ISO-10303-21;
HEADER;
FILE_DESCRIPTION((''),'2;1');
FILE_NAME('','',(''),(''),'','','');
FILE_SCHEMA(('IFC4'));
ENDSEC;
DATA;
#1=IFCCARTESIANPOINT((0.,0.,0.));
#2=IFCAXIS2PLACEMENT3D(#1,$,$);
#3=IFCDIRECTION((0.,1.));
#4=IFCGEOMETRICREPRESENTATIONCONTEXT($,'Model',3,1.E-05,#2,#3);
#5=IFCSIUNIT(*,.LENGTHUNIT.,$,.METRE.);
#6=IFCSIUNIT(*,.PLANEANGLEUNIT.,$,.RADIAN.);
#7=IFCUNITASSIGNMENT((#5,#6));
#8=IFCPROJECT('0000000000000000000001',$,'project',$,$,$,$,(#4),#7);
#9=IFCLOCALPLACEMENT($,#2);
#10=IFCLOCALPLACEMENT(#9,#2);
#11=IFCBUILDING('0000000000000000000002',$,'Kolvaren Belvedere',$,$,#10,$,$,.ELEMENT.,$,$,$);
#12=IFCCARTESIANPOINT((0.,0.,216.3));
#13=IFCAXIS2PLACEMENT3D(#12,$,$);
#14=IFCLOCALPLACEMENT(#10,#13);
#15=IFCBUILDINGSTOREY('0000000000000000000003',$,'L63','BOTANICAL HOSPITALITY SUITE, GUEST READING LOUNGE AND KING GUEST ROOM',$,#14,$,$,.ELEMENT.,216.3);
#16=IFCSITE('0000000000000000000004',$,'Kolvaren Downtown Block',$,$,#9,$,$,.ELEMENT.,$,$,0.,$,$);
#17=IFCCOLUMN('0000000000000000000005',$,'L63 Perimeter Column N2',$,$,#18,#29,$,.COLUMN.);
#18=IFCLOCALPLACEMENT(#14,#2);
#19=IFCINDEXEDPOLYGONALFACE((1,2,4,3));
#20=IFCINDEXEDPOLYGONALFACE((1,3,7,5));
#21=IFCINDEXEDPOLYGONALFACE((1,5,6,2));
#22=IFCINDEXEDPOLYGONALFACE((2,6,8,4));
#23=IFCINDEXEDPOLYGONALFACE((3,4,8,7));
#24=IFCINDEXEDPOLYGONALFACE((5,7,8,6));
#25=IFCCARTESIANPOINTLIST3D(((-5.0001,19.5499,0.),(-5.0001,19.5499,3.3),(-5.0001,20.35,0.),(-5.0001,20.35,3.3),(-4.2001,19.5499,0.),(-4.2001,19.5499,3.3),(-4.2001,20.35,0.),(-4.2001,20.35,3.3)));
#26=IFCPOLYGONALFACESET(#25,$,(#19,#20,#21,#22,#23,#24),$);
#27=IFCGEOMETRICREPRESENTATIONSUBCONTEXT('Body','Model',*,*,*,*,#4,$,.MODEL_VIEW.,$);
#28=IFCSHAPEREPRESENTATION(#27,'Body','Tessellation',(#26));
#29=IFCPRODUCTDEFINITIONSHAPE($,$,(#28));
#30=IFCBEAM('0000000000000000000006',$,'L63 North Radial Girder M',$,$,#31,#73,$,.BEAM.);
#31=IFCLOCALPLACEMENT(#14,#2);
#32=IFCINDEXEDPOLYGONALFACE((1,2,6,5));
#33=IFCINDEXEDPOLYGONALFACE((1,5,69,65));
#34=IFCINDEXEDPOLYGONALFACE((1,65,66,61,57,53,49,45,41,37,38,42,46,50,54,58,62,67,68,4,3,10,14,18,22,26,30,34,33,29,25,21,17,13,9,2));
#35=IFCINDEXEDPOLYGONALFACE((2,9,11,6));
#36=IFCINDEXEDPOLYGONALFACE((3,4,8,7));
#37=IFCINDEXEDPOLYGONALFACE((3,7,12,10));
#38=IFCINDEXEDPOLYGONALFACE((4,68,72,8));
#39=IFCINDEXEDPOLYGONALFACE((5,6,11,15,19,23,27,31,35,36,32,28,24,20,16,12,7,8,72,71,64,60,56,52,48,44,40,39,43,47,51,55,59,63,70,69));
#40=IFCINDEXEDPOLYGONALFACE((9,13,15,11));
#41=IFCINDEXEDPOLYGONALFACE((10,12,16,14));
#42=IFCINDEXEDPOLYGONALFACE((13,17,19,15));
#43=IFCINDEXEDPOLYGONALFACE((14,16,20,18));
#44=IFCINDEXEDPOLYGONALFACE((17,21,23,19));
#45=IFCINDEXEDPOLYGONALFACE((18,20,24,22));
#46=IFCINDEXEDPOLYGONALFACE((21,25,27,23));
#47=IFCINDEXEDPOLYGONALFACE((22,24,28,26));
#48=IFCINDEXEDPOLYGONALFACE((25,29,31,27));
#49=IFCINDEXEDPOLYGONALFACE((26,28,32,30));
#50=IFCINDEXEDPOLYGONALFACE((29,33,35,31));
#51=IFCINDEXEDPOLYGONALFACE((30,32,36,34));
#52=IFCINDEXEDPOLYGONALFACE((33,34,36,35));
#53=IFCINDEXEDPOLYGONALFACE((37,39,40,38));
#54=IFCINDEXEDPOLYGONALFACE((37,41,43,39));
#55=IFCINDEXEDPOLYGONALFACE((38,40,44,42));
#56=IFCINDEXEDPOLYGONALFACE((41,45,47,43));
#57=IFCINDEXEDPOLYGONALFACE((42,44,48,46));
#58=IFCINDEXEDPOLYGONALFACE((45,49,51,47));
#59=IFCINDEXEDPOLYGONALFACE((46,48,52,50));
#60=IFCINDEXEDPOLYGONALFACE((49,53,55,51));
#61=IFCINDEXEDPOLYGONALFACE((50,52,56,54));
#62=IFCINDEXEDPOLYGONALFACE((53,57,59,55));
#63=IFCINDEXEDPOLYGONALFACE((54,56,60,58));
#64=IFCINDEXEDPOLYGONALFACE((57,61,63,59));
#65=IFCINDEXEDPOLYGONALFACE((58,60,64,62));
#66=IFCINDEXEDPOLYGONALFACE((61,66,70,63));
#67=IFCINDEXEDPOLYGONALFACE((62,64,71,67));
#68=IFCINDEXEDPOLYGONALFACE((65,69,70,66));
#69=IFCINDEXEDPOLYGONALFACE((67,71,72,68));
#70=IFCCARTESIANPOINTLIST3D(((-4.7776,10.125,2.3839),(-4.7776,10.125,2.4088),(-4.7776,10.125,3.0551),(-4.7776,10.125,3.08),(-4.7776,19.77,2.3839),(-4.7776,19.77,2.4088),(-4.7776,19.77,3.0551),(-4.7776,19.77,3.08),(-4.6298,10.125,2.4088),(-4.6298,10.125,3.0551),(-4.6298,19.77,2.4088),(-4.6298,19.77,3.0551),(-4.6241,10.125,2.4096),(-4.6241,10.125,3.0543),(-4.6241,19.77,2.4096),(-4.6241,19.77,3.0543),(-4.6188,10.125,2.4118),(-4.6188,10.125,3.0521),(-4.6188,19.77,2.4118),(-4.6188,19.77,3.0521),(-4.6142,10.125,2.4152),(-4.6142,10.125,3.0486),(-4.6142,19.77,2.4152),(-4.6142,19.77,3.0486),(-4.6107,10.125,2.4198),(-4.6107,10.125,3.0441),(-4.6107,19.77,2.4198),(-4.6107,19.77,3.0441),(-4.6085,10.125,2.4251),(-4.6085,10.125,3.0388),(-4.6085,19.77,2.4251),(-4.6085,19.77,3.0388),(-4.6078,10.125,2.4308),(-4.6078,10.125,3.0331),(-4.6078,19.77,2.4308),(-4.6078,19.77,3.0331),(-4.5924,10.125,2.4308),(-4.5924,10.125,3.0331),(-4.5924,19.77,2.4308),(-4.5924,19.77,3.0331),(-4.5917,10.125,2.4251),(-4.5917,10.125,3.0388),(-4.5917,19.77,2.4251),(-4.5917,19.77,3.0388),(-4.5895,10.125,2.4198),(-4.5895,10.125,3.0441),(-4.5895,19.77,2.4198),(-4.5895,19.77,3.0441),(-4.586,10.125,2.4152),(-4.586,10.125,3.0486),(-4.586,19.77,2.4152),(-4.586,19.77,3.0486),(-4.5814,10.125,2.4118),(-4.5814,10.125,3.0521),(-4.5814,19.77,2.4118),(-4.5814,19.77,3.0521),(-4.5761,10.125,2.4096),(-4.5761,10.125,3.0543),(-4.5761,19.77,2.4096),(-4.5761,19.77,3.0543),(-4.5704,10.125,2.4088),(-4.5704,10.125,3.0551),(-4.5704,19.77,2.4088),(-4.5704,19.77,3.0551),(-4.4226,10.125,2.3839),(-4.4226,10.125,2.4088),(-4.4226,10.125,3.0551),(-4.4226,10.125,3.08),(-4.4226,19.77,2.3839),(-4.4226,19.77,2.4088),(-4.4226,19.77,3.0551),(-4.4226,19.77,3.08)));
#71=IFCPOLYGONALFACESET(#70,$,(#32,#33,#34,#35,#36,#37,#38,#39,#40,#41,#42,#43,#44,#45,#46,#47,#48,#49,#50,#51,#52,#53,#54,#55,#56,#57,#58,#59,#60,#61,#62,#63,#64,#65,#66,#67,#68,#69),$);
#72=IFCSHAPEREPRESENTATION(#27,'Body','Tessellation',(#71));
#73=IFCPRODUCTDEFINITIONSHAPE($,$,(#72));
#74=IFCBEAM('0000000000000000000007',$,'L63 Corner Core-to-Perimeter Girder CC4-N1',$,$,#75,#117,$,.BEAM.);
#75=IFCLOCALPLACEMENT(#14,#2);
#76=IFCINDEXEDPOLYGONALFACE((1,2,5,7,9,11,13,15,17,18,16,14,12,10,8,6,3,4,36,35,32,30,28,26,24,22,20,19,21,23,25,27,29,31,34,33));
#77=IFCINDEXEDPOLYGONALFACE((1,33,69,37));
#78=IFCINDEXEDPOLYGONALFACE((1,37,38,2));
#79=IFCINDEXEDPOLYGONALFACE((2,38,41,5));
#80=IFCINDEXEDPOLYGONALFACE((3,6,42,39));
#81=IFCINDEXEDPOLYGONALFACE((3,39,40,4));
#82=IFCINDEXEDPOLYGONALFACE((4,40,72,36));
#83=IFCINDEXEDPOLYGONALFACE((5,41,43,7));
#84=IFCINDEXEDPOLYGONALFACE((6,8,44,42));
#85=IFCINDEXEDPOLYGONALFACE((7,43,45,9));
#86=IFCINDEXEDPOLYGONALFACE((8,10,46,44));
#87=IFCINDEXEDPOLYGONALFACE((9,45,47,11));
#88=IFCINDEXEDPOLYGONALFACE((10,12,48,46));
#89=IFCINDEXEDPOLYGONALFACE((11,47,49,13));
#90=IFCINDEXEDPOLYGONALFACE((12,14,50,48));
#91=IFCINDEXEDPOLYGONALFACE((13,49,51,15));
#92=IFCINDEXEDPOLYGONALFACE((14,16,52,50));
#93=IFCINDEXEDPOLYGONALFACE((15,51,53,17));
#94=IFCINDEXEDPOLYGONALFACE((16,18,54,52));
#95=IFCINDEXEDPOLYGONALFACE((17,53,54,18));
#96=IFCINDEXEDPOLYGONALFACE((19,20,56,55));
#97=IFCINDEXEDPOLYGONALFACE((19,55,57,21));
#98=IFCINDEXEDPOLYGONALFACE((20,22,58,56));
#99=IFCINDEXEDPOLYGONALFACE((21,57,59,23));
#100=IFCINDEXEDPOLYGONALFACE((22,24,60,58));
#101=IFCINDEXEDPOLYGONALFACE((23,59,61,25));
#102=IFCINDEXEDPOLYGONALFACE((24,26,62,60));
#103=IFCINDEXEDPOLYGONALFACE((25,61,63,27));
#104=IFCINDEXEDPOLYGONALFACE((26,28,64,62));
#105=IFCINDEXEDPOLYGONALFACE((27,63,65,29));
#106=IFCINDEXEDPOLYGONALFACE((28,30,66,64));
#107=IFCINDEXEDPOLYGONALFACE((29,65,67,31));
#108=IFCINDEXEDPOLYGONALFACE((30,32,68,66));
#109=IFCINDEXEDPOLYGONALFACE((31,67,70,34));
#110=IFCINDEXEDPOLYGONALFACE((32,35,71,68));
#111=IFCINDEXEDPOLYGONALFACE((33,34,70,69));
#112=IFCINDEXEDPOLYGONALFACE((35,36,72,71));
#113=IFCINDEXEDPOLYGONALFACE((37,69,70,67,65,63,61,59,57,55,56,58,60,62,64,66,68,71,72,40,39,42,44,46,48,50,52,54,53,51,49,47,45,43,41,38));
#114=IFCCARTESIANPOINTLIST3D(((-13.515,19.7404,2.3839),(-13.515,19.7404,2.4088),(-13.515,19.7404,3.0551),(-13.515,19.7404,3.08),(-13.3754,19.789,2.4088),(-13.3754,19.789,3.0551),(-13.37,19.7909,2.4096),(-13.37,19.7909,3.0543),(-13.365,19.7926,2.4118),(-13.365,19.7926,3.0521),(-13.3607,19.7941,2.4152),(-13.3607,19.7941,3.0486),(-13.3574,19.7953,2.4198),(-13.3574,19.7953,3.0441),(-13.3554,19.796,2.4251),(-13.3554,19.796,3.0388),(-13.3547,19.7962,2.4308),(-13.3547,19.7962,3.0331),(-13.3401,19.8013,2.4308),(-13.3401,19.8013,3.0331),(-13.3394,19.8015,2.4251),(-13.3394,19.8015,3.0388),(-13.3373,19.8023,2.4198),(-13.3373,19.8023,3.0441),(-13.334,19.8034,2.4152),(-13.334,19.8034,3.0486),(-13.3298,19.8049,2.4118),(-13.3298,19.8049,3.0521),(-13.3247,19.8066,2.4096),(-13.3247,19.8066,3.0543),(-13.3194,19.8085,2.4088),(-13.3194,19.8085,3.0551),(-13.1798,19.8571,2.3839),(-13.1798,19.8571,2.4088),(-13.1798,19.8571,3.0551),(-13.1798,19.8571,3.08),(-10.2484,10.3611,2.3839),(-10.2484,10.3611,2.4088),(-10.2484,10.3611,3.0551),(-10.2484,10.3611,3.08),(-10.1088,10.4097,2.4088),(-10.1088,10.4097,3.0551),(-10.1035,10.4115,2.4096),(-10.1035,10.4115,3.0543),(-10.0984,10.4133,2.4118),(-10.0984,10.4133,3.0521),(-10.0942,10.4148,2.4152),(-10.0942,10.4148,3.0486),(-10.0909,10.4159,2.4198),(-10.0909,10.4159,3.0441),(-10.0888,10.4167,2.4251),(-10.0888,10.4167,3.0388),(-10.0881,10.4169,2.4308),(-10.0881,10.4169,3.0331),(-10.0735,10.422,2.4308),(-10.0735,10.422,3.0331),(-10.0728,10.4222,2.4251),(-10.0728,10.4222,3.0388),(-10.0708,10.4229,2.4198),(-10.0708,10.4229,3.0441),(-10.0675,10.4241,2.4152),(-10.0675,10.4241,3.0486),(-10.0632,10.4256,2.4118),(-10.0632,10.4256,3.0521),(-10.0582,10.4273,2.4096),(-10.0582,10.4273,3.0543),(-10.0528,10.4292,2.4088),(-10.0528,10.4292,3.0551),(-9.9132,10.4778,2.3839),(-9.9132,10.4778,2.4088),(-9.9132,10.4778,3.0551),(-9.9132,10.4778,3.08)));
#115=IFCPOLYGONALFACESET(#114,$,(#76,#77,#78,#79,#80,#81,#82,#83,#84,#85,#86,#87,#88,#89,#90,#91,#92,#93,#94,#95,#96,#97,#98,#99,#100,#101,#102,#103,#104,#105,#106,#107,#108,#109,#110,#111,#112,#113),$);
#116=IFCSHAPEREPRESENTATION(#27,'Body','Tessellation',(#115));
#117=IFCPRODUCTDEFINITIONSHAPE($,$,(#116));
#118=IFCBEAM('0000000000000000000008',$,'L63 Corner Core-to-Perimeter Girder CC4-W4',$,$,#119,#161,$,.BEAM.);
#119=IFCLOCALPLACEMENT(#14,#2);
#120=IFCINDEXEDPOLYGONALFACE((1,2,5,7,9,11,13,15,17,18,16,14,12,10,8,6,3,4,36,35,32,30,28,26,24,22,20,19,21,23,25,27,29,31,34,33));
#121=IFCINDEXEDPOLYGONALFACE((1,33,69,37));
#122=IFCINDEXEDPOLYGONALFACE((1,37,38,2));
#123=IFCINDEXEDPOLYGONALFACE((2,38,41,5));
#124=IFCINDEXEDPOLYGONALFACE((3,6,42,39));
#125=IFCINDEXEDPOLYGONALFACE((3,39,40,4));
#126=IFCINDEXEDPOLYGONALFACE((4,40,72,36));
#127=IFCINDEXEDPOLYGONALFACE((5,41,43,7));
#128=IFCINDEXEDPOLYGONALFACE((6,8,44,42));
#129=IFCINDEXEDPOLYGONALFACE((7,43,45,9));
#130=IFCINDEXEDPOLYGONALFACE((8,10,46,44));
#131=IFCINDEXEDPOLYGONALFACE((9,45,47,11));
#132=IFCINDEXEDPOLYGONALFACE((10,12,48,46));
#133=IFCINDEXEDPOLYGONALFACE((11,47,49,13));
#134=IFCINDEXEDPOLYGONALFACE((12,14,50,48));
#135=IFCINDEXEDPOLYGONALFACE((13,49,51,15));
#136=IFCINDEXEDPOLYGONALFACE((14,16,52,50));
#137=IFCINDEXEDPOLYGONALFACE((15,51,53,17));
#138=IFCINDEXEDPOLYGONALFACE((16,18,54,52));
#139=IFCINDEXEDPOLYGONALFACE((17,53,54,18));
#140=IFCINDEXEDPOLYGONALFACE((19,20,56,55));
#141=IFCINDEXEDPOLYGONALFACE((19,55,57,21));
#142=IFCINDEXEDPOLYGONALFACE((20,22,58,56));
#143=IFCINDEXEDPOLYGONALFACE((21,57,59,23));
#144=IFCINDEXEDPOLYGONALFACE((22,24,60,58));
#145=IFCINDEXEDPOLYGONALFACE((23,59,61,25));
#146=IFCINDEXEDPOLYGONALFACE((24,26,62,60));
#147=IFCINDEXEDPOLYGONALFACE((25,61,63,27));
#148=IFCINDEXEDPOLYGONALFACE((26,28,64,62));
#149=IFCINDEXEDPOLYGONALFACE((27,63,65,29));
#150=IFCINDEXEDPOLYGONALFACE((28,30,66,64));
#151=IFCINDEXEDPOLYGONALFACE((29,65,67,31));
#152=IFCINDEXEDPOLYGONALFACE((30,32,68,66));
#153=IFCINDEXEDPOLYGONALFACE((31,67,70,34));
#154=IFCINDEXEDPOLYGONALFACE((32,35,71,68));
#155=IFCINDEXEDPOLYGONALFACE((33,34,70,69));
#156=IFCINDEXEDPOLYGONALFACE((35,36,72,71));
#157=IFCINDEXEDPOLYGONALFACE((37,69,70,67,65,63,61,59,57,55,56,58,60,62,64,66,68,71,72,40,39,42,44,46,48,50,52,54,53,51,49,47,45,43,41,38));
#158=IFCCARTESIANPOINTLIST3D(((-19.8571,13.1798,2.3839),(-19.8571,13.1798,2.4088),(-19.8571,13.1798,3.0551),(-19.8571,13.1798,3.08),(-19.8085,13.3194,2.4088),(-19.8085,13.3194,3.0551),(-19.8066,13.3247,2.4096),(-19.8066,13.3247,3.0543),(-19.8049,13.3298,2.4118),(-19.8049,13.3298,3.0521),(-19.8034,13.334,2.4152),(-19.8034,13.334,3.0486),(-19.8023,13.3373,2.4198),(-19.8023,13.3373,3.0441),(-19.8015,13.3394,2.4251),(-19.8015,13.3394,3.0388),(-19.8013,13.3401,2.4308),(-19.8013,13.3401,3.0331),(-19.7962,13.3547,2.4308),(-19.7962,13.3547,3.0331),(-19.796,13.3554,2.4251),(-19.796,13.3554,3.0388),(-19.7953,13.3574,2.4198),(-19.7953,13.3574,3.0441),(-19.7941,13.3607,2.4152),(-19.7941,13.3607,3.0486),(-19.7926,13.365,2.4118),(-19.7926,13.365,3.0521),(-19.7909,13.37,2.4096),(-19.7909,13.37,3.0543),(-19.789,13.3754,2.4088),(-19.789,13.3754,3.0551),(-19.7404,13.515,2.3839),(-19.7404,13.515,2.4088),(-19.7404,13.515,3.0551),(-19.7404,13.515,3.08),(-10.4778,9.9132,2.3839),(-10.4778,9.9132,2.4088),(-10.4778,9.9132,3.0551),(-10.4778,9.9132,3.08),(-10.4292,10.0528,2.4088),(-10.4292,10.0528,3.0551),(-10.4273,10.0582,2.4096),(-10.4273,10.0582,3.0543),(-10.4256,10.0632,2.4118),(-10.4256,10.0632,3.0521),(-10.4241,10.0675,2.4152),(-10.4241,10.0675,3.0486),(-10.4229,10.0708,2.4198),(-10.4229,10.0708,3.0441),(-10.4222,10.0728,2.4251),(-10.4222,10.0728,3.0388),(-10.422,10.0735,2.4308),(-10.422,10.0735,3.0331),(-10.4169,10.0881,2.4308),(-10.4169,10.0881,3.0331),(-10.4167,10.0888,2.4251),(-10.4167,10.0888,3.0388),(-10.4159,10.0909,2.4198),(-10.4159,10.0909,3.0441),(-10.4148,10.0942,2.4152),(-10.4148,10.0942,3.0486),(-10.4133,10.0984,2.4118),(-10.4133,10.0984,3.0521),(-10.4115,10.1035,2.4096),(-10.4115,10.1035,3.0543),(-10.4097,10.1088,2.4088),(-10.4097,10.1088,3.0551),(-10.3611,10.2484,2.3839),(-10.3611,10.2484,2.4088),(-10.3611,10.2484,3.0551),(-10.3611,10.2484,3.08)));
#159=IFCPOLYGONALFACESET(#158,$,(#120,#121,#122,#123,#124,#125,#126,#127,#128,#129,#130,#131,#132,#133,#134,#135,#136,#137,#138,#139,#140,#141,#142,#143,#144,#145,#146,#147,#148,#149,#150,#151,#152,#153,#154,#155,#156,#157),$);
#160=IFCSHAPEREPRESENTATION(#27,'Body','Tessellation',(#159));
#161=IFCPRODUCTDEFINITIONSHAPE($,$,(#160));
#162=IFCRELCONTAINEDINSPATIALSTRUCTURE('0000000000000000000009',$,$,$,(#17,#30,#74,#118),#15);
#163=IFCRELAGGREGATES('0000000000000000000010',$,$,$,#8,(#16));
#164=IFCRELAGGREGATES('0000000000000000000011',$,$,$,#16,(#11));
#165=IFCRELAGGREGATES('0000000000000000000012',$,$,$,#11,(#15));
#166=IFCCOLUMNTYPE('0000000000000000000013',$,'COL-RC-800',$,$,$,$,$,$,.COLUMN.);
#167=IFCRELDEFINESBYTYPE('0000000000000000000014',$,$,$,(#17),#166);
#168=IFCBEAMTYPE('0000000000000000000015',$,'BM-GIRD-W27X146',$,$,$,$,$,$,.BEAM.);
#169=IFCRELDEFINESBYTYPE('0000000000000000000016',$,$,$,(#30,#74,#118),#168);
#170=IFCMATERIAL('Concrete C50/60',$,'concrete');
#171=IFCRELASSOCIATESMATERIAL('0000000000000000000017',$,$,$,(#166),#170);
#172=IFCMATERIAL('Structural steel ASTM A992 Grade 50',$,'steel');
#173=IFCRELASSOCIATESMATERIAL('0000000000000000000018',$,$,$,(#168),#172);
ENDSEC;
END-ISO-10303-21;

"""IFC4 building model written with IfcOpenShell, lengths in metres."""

from ifc_helpers import new_model, si_unit, direction, frame, origin, origin_2d, place, context, subcontext, project, spatial, rectangle, i_section, extrude, material, material_profile, profile_set, type_object, element, save


model = new_model("IFC4")

# Units and contexts
model_context = context("Model", 3, precision=1e-05, world=origin(), true_north=direction((0.0, 1.0)))
body_context = subcontext(model_context, "Body", "Model", "MODEL_VIEW")
ifc_project = project(units=[si_unit("LENGTHUNIT", "METRE"), si_unit("PLANEANGLEUNIT", "RADIAN")], contexts=[model_context])

# Site, building, storey
site_placement = place(None, origin())
site = spatial("IfcSite", under=ifc_project, at=site_placement, Name="Kolvaren Downtown Block", CompositionType="ELEMENT", RefElevation=0.0)
building_placement = place(site_placement, origin())
building = spatial("IfcBuilding", under=site, at=building_placement, Name="Kolvaren Belvedere", CompositionType="ELEMENT")
storey_placement = place(building_placement, frame((0.0, 0.0, 216.3)))
storey = spatial("IfcBuildingStorey", under=building, at=storey_placement, Name="L63", Description="BOTANICAL HOSPITALITY SUITE, GUEST READING LOUNGE AND KING GUEST ROOM", CompositionType="ELEMENT", Elevation=216.3)

# Column
ifc_material_1 = material(Name="Concrete C50/60", Category="concrete")
ifc_material_profile_1 = material_profile(ifc_material_1, rectangle(XDim=0.8, YDim=0.8, at=origin_2d()), Name="RC 800X800")
ifc_profile_set_1 = profile_set([ifc_material_profile_1], Name="Concrete C50/60")
column_type = type_object("IfcColumnType", Name="COL-RC-800", PredefinedType="COLUMN", material=ifc_profile_set_1)
column_placement = place(storey_placement, frame((-4.6001, 19.95, 0.0), z_axis=(0.0, 0.0, 1.0), x_axis=(1.0, 0.0, 0.0)))
element("IfcColumn", 1, at=column_placement, inside=storey, type_object=column_type, Name="L63 Perimeter Column N2", PredefinedType="COLUMN", context=body_context, shape_type="SweptSolid", body=[
    extrude(rectangle(XDim=0.8, YDim=0.8, at=origin_2d()), origin(), (0.0, 0.0, 1.0), 3.3),
])

# Beams
ifc_material_2 = material(Name="Structural steel ASTM A992 Grade 50", Category="steel")
ifc_material_profile_2 = material_profile(ifc_material_2, i_section(OverallWidth=0.355, OverallDepth=0.696, WebThickness=0.0154, FlangeThickness=0.0249, FilletRadius=0.022, at=origin_2d()), Name="W27X146")
ifc_profile_set_2 = profile_set([ifc_material_profile_2], Name="Structural steel ASTM A992 Grade 50")
beam_type_1 = type_object("IfcBeamType", Name="BM-GIRD-W27X146", PredefinedType="BEAM", material=ifc_profile_set_2)
beam_1_placement = place(storey_placement, frame((-4.6001, 10.125, 2.7319), z_axis=(0.0, 1.0, 0.0), x_axis=(-1.0, 0.0, 0.0)))
element("IfcBeam", 2, at=beam_1_placement, inside=storey, type_object=beam_type_1, Name="L63 North Radial Girder M", PredefinedType="BEAM", context=body_context, shape_type="SweptSolid", body=[
    extrude(i_section(OverallWidth=0.355, OverallDepth=0.696, WebThickness=0.0154, FlangeThickness=0.0249, FilletRadius=0.022, at=origin_2d()), origin(), (0.0, 0.0, 1.0), 9.645),
])
for number, where, z_axis, x_axis, name in (
    (3, (-10.0808, 10.4194, 2.7319), (-0.328898, 0.944365, 0.0), (-0.944365, -0.328898, 0.0), "L63 Corner Core-to-Perimeter Girder CC4-N1"),
    (4, (-10.4194, 10.0808, 2.7319), (-0.944365, 0.328898, 0.0), (-0.328898, -0.944365, 0.0), "L63 Corner Core-to-Perimeter Girder CC4-W4"),
):
    element("IfcBeam", number, at=place(storey_placement, frame(where, z_axis=z_axis, x_axis=x_axis)), inside=storey, type_object=beam_type_1, Name=name, PredefinedType="BEAM", context=body_context, shape_type="SweptSolid", body=[
        extrude(i_section(OverallWidth=0.355, OverallDepth=0.696, WebThickness=0.0154, FlangeThickness=0.0249, FilletRadius=0.022, at=origin_2d()), origin(), (0.0, 0.0, 1.0), 9.9319),
    ])

save(model, "model.ifc")
